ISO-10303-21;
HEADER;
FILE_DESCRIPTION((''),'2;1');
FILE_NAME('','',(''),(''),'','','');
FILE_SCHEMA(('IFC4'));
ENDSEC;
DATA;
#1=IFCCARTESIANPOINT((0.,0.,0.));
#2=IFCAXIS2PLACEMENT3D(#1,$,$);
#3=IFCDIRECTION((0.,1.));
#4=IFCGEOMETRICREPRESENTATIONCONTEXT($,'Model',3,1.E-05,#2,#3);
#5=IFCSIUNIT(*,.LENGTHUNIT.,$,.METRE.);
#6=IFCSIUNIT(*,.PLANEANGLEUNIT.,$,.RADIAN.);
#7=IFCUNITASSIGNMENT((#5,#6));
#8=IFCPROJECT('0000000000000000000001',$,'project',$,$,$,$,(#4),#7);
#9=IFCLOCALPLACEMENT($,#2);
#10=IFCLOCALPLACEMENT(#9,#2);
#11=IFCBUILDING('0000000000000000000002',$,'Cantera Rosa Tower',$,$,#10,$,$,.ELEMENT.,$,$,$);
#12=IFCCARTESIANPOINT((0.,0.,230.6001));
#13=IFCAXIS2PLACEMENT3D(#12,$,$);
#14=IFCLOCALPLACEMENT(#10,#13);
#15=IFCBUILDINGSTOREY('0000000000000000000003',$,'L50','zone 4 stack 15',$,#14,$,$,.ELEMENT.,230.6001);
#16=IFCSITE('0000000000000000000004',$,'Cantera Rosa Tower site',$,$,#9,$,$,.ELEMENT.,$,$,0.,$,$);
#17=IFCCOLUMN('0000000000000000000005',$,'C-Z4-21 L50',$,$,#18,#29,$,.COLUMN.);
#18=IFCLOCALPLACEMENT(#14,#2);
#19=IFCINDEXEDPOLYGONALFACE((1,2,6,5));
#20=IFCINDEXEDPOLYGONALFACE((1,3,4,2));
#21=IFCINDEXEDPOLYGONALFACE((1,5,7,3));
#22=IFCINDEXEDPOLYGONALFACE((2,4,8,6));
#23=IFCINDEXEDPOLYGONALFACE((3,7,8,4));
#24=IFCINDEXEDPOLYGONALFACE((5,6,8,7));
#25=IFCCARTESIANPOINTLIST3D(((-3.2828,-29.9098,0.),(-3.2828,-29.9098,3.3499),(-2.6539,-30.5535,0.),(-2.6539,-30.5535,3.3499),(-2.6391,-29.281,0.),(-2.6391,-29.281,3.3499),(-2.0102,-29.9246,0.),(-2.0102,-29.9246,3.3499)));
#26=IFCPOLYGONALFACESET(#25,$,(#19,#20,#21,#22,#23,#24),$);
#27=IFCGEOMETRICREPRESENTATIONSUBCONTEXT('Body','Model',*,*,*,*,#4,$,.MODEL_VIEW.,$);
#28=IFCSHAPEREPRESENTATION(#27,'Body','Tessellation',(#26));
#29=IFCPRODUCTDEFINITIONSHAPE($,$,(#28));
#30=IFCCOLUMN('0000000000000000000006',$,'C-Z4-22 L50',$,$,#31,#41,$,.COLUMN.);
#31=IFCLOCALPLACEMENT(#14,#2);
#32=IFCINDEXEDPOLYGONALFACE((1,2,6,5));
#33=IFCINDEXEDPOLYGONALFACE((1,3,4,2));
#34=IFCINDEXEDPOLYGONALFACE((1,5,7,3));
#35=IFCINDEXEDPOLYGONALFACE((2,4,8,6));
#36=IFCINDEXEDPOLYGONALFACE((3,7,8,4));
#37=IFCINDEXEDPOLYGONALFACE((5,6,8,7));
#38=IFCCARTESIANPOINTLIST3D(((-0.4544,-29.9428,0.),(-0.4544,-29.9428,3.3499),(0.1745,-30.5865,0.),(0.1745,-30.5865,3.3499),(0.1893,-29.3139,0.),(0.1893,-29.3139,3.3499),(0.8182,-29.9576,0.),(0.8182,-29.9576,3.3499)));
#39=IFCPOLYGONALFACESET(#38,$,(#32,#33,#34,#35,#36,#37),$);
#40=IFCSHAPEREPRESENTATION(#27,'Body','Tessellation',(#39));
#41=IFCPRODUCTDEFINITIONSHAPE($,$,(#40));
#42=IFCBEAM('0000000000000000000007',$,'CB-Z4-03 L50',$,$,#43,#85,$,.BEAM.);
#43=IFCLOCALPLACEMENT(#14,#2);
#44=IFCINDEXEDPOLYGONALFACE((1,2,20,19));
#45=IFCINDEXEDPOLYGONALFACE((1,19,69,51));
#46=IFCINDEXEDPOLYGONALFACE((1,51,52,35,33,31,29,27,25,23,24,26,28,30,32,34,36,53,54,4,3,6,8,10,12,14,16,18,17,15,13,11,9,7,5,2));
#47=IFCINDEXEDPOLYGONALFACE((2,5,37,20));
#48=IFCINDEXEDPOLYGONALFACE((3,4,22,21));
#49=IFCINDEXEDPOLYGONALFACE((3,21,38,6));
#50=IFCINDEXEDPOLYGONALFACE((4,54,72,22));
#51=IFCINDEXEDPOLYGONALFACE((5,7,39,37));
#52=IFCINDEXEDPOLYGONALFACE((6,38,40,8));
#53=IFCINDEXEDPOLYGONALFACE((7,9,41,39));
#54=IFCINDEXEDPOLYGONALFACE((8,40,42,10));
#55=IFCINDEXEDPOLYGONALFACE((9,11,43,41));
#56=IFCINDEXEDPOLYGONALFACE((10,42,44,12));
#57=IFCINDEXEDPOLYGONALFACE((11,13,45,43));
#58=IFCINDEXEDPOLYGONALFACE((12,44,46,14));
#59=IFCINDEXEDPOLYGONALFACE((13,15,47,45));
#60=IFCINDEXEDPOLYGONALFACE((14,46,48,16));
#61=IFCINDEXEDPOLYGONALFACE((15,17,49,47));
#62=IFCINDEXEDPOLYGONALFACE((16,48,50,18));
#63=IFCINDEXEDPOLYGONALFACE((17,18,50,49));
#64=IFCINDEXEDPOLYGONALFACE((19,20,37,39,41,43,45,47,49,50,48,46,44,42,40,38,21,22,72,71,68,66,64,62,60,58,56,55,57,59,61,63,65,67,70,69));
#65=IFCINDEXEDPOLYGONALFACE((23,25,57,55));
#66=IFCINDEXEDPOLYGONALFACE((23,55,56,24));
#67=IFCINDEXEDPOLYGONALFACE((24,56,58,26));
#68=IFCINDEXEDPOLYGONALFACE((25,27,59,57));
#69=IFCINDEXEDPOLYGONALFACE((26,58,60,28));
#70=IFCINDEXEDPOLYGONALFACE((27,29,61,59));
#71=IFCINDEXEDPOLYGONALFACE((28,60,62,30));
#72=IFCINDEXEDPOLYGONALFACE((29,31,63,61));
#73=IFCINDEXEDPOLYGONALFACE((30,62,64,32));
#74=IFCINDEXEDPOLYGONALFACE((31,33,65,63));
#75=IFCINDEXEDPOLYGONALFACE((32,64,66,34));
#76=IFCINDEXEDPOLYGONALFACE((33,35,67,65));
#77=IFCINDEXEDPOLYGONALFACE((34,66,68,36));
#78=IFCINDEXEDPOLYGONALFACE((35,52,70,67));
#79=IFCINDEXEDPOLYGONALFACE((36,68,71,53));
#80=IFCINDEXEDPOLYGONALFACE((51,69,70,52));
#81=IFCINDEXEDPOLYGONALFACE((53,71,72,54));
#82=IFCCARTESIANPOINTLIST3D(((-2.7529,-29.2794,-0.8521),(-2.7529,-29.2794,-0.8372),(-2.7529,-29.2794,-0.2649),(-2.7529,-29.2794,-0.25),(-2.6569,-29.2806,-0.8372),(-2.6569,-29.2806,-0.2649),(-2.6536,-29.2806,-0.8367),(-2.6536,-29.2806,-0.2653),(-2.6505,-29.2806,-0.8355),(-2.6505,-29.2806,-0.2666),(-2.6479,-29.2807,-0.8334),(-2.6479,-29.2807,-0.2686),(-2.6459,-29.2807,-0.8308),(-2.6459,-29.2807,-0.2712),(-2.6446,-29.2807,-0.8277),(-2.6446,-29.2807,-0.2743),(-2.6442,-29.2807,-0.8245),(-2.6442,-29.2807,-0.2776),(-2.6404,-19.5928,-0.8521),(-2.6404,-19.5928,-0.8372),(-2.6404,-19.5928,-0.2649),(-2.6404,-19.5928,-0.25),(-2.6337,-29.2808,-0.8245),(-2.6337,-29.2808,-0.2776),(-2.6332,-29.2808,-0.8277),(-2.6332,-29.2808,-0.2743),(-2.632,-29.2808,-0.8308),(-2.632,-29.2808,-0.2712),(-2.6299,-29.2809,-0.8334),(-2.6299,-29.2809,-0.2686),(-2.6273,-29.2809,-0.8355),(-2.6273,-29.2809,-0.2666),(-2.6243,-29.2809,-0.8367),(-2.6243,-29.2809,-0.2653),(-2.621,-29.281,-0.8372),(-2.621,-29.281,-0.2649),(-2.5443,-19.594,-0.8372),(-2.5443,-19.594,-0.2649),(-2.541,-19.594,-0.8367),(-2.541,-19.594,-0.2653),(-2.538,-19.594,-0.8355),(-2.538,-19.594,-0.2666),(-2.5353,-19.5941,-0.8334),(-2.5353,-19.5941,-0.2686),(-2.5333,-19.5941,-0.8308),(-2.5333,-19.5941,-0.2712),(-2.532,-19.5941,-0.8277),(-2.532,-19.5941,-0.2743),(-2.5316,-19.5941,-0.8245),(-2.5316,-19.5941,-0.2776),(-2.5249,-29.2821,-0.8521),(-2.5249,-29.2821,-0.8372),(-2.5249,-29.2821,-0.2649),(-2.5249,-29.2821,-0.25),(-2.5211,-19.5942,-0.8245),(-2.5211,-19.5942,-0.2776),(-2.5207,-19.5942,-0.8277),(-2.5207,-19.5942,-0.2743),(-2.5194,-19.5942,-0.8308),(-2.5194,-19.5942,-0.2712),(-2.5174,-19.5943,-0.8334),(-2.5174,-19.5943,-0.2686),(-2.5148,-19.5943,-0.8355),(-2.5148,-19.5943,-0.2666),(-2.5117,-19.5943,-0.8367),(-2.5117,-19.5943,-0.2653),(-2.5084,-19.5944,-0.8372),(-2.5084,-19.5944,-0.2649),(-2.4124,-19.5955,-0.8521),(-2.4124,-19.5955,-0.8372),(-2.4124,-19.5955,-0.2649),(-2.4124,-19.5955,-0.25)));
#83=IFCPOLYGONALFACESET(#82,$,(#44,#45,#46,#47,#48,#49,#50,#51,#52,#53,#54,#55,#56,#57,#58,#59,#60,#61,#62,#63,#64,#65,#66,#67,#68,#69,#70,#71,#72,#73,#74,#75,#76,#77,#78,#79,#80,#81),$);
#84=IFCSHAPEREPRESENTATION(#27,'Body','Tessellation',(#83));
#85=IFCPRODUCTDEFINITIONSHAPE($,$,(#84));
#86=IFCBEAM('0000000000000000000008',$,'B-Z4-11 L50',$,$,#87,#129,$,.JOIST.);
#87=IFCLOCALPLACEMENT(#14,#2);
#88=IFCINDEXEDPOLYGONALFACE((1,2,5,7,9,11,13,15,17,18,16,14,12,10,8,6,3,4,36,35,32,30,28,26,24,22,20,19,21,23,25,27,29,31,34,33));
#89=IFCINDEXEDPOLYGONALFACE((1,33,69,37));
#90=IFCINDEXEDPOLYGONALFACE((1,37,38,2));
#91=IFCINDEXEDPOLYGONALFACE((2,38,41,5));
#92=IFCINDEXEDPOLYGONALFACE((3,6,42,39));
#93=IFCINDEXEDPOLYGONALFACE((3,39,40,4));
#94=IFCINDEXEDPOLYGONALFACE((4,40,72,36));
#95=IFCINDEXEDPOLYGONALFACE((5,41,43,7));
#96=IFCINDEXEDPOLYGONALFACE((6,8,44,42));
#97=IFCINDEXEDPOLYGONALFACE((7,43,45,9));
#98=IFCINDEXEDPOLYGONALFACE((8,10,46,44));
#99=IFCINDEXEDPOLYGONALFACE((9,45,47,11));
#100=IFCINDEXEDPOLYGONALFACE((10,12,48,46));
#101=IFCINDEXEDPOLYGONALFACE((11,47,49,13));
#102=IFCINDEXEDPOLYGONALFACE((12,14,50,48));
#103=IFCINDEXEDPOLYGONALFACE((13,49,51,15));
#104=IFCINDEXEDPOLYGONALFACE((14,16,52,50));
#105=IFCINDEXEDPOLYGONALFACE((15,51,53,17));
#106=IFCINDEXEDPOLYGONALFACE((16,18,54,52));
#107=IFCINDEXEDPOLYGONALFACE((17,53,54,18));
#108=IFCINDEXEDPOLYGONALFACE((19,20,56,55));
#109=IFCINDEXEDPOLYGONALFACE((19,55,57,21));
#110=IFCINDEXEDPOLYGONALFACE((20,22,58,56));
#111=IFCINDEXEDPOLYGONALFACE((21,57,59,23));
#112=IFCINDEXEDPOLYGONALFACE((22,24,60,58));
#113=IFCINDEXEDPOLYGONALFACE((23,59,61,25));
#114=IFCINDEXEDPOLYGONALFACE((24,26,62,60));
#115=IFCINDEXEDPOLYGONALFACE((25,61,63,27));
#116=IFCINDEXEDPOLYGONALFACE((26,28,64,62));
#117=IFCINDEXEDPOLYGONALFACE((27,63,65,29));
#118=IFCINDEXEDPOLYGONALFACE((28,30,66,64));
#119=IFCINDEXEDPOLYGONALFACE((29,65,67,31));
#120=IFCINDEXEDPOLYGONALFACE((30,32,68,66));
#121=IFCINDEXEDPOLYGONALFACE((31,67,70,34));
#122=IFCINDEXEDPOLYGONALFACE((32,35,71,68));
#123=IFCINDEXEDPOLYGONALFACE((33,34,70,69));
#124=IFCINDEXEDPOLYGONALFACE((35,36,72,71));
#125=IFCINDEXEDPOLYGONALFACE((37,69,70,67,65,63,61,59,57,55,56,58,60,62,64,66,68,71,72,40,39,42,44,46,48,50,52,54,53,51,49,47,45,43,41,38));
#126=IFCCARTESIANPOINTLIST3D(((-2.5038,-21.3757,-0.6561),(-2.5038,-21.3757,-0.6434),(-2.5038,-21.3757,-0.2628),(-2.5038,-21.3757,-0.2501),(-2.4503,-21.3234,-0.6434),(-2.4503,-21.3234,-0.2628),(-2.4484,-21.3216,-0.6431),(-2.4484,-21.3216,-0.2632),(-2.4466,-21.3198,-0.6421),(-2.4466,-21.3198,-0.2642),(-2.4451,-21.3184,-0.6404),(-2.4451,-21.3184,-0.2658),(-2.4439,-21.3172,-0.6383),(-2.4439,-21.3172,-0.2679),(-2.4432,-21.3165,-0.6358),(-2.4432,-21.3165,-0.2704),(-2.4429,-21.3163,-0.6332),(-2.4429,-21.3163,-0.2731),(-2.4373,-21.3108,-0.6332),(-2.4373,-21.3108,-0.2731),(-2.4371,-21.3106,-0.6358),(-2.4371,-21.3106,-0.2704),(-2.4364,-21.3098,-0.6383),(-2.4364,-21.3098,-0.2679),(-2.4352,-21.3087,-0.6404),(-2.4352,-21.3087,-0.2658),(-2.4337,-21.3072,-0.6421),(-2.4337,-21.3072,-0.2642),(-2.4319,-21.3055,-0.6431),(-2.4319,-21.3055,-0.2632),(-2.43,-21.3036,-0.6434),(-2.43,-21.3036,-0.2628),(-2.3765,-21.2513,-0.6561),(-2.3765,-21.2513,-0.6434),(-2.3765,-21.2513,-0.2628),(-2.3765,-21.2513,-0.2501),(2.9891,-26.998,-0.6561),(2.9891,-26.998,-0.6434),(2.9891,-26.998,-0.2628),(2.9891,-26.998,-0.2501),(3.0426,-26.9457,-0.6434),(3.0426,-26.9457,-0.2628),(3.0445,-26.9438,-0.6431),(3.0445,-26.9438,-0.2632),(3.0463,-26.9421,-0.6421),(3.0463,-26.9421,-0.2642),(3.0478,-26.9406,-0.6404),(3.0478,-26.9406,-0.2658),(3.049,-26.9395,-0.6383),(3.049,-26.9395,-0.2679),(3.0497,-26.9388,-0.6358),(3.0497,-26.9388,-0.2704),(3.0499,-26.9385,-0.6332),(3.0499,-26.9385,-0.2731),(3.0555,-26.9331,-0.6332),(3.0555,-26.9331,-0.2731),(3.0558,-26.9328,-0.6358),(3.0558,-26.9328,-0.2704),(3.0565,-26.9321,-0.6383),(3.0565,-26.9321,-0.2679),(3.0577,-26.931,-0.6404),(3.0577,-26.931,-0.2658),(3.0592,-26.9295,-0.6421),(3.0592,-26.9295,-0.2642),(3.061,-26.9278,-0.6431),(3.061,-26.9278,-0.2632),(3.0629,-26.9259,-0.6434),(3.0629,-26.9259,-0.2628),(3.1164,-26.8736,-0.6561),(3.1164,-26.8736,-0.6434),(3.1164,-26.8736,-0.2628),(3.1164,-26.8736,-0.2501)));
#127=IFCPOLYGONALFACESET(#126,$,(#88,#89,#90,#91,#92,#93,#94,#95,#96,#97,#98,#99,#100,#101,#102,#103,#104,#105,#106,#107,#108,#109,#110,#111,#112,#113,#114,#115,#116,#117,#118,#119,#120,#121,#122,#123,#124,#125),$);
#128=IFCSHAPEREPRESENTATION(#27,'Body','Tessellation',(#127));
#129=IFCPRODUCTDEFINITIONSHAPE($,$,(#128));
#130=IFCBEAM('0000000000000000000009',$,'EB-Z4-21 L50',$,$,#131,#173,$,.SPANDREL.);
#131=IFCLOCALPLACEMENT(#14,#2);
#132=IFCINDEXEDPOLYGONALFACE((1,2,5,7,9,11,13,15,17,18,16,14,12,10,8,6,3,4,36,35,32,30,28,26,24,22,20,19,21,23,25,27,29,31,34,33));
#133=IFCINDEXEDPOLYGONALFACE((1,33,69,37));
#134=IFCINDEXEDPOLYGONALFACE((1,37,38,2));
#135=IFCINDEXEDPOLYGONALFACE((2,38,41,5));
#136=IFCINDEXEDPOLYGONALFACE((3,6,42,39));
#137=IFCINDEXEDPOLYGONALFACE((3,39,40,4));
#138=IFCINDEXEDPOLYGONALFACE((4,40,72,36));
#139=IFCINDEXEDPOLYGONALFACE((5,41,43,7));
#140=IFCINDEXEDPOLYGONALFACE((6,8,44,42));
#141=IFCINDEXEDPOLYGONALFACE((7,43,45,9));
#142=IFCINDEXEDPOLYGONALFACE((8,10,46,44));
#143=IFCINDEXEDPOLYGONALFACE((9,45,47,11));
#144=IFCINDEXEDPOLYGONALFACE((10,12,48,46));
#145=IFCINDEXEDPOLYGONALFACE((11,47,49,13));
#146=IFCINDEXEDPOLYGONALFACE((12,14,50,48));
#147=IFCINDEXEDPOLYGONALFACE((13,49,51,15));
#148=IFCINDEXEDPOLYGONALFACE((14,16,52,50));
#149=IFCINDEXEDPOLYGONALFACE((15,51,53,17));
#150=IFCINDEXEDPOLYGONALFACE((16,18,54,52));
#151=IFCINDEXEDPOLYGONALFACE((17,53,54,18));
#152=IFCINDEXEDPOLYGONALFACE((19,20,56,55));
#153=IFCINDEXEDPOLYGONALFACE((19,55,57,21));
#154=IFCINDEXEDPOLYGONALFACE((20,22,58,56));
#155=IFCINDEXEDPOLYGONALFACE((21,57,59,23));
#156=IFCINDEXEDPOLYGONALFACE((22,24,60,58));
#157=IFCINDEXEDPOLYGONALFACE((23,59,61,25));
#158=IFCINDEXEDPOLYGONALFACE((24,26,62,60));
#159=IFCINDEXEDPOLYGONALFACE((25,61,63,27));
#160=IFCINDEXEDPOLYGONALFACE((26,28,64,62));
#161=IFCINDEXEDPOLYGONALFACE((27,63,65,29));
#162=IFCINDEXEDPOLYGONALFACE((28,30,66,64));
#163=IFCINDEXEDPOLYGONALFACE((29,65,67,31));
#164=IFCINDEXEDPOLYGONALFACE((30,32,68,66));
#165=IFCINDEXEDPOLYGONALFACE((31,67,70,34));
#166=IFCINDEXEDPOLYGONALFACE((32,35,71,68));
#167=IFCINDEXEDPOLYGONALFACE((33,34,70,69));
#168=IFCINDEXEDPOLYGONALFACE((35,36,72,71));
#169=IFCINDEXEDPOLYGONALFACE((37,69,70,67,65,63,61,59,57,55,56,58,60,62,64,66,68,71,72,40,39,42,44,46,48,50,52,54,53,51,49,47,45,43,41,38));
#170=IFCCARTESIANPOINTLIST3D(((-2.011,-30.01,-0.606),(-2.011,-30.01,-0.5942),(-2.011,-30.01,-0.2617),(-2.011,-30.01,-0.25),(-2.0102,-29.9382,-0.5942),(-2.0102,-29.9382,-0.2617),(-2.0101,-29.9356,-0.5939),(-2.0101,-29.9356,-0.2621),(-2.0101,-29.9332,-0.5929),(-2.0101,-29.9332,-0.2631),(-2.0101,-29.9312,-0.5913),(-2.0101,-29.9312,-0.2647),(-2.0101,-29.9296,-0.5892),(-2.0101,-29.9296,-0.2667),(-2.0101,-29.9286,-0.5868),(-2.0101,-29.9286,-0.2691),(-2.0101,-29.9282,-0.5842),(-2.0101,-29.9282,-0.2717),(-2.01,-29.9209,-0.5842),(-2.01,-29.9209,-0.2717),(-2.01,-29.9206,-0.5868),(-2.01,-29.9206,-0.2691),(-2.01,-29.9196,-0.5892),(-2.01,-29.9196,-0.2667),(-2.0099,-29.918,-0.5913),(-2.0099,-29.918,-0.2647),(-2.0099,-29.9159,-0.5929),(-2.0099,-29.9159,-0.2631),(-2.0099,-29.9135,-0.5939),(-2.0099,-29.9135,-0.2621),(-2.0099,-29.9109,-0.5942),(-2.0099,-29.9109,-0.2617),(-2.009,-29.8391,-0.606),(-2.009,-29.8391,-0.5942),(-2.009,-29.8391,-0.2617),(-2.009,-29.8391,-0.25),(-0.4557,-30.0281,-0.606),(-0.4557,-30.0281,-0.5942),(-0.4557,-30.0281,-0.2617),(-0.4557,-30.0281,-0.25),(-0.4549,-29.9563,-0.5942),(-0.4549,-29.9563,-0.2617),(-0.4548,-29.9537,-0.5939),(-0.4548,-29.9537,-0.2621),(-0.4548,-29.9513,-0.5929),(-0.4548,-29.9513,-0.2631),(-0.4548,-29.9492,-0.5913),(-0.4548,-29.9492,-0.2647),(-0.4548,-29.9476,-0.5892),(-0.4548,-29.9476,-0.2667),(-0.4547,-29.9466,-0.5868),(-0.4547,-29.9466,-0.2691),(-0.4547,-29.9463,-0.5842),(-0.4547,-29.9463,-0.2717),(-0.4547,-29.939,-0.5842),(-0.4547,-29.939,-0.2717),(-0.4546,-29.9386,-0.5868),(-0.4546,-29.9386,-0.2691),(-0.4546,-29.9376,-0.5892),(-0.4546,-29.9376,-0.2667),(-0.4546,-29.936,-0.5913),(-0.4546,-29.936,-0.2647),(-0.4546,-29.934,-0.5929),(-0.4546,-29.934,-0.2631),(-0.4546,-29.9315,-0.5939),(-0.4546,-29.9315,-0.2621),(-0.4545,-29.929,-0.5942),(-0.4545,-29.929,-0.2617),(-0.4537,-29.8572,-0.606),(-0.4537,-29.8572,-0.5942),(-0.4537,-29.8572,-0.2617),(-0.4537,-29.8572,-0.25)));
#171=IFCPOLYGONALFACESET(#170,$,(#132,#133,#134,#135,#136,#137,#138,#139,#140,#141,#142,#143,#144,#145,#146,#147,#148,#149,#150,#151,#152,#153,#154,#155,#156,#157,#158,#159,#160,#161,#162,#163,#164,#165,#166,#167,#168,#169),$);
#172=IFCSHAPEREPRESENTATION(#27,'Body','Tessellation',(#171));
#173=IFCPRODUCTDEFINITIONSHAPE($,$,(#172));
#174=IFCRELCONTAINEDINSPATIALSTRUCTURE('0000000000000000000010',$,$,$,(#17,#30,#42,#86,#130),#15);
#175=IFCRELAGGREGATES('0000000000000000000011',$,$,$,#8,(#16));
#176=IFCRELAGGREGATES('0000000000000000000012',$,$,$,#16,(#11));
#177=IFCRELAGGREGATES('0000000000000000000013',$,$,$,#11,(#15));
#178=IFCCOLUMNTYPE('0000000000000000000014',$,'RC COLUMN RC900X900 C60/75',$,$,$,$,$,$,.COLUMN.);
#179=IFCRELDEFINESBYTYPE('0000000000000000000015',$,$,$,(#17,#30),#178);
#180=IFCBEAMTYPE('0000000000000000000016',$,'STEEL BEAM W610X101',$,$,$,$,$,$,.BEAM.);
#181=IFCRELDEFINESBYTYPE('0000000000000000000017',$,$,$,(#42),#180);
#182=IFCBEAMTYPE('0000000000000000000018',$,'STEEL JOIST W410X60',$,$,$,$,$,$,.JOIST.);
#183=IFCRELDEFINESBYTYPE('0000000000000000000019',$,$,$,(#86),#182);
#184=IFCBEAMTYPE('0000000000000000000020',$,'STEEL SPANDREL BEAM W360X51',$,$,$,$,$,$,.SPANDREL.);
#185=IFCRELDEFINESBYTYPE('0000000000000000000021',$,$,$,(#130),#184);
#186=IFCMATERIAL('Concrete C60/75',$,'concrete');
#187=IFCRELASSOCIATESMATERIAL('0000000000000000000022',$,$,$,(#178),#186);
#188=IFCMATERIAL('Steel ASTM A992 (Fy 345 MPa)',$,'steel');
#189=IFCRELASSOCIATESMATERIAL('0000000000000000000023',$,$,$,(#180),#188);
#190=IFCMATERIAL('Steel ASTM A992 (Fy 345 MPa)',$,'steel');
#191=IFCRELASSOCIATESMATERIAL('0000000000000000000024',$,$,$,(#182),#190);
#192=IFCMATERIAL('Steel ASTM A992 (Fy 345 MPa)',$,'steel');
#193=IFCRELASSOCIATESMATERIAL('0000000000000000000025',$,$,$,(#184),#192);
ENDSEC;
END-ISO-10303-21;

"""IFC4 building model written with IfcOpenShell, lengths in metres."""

from ifc_helpers import new_model, si_unit, direction, frame, origin, origin_2d, place, context, subcontext, project, spatial, rectangle, i_section, extrude, material, material_profile, profile_set, type_object, element, save


model = new_model("IFC4")

# Units and contexts
model_context = context("Model", 3, precision=1e-05, world=origin(), true_north=direction((0.0, 1.0)))
body_context = subcontext(model_context, "Body", "Model", "MODEL_VIEW")
ifc_project = project(units=[si_unit("LENGTHUNIT", "METRE"), si_unit("PLANEANGLEUNIT", "RADIAN")], contexts=[model_context])

# Site, building, storey
site_placement = place(None, origin())
site = spatial("IfcSite", under=ifc_project, at=site_placement, Name="Cantera Rosa Tower site", CompositionType="ELEMENT", RefElevation=0.0)
building_placement = place(site_placement, origin())
building = spatial("IfcBuilding", under=site, at=building_placement, Name="Cantera Rosa Tower", CompositionType="ELEMENT")
storey_placement = place(building_placement, frame((0.0, 0.0, 230.6001)))
storey = spatial("IfcBuildingStorey", under=building, at=storey_placement, Name="L50", Description="zone 4 stack 15", CompositionType="ELEMENT", Elevation=230.6001)

# Columns
ifc_material_1 = material(Name="Concrete C60/75", Category="concrete")
ifc_material_profile_1 = material_profile(ifc_material_1, rectangle(XDim=0.8999, YDim=0.8999, at=origin_2d()), Name="RC COLUMN RC900X900 C60/75")
ifc_profile_set_1 = profile_set([ifc_material_profile_1], Name="Concrete C60/75")
column_type = type_object("IfcColumnType", Name="RC COLUMN RC900X900 C60/75", PredefinedType="COLUMN", material=ifc_profile_set_1)
for number, where, z_axis, x_axis, name in (
    (1, (-2.6465, -29.9172, 0.0), (0.0, 0.0, 1.0), (0.715286, 0.698832, 0.0), "C-Z4-21 L50"),
    (2, (0.1819, -29.9502, 0.0), (0.0, 0.0, 1.0), (0.715286, 0.698832, 0.0), "C-Z4-22 L50"),
):
    element("IfcColumn", number, at=place(storey_placement, frame(where, z_axis=z_axis, x_axis=x_axis)), inside=storey, type_object=column_type, Name=name, PredefinedType="COLUMN", context=body_context, shape_type="SweptSolid", body=[
        extrude(rectangle(XDim=0.8999, YDim=0.8999, at=origin_2d()), origin(), (0.0, 0.0, 1.0), 3.3499),
    ])

# Beams
ifc_material_2 = material(Name="Steel ASTM A992 (Fy 345 MPa)", Category="steel")
ifc_material_profile_2 = material_profile(ifc_material_2, i_section(OverallWidth=0.228, OverallDepth=0.6021, WebThickness=0.0105, FlangeThickness=0.0149, FilletRadius=0.0127, at=origin_2d()), Name="W610X101")
ifc_profile_set_2 = profile_set([ifc_material_profile_2], Name="Steel ASTM A992 (Fy 345 MPa)")
beam_type_1 = type_object("IfcBeamType", Name="STEEL BEAM W610X101", PredefinedType="BEAM", material=ifc_profile_set_2)
beam_1_placement = place(storey_placement, frame((-2.6389, -29.2808, -0.551), z_axis=(0.011618, 0.999933, 0.0), x_axis=(-0.999933, 0.011618, 0.0)))
element("IfcBeam", 3, at=beam_1_placement, inside=storey, type_object=beam_type_1, Name="CB-Z4-03 L50", PredefinedType="BEAM", context=body_context, shape_type="SweptSolid", body=[
    extrude(i_section(OverallWidth=0.228, OverallDepth=0.6021, WebThickness=0.0105, FlangeThickness=0.0149, FilletRadius=0.0127, at=origin_2d()), origin(), (0.0, 0.0, 1.0), 9.6873),
])
ifc_material_3 = material(Name="Steel ASTM A992 (Fy 345 MPa)", Category="steel")
ifc_material_profile_3 = material_profile(ifc_material_3, i_section(OverallWidth=0.178, OverallDepth=0.406, WebThickness=0.0078, FlangeThickness=0.0127, FilletRadius=0.0103, at=origin_2d()), Name="W410X60")
ifc_profile_set_3 = profile_set([ifc_material_profile_3], Name="Steel ASTM A992 (Fy 345 MPa)")
beam_type_2 = type_object("IfcBeamType", Name="STEEL JOIST W410X60", PredefinedType="JOIST", material=ifc_profile_set_3)
beam_2_placement = place(storey_placement, frame((3.0527, -26.9358, -0.4531), z_axis=(-0.698828, 0.71529, 0.0), x_axis=(-0.71529, -0.698828, 0.0)))
element("IfcBeam", 4, at=beam_2_placement, inside=storey, type_object=beam_type_2, Name="B-Z4-11 L50", PredefinedType="JOIST", context=body_context, shape_type="SweptSolid", body=[
    extrude(i_section(OverallWidth=0.178, OverallDepth=0.406, WebThickness=0.0078, FlangeThickness=0.0127, FilletRadius=0.0103, at=origin_2d()), origin(), (0.0, 0.0, 1.0), 7.8601),
])
ifc_material_4 = material(Name="Steel ASTM A992 (Fy 345 MPa)", Category="steel")
ifc_material_profile_4 = material_profile(ifc_material_4, i_section(OverallWidth=0.1709, OverallDepth=0.356, WebThickness=0.0073, FlangeThickness=0.0117, FilletRadius=0.01, at=origin_2d()), Name="W360X51")
ifc_profile_set_4 = profile_set([ifc_material_profile_4], Name="Steel ASTM A992 (Fy 345 MPa)")
beam_type_3 = type_object("IfcBeamType", Name="STEEL SPANDREL BEAM W360X51", PredefinedType="SPANDREL", material=ifc_profile_set_4)
beam_3_placement = place(storey_placement, frame((-2.01, -29.9246, -0.428), z_axis=(0.999933, -0.011614, 0.0), x_axis=(0.011614, 0.999933, 0.0)))
element("IfcBeam", 5, at=beam_3_placement, inside=storey, type_object=beam_type_3, Name="EB-Z4-21 L50", PredefinedType="SPANDREL", context=body_context, shape_type="SweptSolid", body=[
    extrude(i_section(OverallWidth=0.1709, OverallDepth=0.356, WebThickness=0.0073, FlangeThickness=0.0117, FilletRadius=0.01, at=origin_2d()), origin(), (0.0, 0.0, 1.0), 1.5554),
])

save(model, "model.ifc")
